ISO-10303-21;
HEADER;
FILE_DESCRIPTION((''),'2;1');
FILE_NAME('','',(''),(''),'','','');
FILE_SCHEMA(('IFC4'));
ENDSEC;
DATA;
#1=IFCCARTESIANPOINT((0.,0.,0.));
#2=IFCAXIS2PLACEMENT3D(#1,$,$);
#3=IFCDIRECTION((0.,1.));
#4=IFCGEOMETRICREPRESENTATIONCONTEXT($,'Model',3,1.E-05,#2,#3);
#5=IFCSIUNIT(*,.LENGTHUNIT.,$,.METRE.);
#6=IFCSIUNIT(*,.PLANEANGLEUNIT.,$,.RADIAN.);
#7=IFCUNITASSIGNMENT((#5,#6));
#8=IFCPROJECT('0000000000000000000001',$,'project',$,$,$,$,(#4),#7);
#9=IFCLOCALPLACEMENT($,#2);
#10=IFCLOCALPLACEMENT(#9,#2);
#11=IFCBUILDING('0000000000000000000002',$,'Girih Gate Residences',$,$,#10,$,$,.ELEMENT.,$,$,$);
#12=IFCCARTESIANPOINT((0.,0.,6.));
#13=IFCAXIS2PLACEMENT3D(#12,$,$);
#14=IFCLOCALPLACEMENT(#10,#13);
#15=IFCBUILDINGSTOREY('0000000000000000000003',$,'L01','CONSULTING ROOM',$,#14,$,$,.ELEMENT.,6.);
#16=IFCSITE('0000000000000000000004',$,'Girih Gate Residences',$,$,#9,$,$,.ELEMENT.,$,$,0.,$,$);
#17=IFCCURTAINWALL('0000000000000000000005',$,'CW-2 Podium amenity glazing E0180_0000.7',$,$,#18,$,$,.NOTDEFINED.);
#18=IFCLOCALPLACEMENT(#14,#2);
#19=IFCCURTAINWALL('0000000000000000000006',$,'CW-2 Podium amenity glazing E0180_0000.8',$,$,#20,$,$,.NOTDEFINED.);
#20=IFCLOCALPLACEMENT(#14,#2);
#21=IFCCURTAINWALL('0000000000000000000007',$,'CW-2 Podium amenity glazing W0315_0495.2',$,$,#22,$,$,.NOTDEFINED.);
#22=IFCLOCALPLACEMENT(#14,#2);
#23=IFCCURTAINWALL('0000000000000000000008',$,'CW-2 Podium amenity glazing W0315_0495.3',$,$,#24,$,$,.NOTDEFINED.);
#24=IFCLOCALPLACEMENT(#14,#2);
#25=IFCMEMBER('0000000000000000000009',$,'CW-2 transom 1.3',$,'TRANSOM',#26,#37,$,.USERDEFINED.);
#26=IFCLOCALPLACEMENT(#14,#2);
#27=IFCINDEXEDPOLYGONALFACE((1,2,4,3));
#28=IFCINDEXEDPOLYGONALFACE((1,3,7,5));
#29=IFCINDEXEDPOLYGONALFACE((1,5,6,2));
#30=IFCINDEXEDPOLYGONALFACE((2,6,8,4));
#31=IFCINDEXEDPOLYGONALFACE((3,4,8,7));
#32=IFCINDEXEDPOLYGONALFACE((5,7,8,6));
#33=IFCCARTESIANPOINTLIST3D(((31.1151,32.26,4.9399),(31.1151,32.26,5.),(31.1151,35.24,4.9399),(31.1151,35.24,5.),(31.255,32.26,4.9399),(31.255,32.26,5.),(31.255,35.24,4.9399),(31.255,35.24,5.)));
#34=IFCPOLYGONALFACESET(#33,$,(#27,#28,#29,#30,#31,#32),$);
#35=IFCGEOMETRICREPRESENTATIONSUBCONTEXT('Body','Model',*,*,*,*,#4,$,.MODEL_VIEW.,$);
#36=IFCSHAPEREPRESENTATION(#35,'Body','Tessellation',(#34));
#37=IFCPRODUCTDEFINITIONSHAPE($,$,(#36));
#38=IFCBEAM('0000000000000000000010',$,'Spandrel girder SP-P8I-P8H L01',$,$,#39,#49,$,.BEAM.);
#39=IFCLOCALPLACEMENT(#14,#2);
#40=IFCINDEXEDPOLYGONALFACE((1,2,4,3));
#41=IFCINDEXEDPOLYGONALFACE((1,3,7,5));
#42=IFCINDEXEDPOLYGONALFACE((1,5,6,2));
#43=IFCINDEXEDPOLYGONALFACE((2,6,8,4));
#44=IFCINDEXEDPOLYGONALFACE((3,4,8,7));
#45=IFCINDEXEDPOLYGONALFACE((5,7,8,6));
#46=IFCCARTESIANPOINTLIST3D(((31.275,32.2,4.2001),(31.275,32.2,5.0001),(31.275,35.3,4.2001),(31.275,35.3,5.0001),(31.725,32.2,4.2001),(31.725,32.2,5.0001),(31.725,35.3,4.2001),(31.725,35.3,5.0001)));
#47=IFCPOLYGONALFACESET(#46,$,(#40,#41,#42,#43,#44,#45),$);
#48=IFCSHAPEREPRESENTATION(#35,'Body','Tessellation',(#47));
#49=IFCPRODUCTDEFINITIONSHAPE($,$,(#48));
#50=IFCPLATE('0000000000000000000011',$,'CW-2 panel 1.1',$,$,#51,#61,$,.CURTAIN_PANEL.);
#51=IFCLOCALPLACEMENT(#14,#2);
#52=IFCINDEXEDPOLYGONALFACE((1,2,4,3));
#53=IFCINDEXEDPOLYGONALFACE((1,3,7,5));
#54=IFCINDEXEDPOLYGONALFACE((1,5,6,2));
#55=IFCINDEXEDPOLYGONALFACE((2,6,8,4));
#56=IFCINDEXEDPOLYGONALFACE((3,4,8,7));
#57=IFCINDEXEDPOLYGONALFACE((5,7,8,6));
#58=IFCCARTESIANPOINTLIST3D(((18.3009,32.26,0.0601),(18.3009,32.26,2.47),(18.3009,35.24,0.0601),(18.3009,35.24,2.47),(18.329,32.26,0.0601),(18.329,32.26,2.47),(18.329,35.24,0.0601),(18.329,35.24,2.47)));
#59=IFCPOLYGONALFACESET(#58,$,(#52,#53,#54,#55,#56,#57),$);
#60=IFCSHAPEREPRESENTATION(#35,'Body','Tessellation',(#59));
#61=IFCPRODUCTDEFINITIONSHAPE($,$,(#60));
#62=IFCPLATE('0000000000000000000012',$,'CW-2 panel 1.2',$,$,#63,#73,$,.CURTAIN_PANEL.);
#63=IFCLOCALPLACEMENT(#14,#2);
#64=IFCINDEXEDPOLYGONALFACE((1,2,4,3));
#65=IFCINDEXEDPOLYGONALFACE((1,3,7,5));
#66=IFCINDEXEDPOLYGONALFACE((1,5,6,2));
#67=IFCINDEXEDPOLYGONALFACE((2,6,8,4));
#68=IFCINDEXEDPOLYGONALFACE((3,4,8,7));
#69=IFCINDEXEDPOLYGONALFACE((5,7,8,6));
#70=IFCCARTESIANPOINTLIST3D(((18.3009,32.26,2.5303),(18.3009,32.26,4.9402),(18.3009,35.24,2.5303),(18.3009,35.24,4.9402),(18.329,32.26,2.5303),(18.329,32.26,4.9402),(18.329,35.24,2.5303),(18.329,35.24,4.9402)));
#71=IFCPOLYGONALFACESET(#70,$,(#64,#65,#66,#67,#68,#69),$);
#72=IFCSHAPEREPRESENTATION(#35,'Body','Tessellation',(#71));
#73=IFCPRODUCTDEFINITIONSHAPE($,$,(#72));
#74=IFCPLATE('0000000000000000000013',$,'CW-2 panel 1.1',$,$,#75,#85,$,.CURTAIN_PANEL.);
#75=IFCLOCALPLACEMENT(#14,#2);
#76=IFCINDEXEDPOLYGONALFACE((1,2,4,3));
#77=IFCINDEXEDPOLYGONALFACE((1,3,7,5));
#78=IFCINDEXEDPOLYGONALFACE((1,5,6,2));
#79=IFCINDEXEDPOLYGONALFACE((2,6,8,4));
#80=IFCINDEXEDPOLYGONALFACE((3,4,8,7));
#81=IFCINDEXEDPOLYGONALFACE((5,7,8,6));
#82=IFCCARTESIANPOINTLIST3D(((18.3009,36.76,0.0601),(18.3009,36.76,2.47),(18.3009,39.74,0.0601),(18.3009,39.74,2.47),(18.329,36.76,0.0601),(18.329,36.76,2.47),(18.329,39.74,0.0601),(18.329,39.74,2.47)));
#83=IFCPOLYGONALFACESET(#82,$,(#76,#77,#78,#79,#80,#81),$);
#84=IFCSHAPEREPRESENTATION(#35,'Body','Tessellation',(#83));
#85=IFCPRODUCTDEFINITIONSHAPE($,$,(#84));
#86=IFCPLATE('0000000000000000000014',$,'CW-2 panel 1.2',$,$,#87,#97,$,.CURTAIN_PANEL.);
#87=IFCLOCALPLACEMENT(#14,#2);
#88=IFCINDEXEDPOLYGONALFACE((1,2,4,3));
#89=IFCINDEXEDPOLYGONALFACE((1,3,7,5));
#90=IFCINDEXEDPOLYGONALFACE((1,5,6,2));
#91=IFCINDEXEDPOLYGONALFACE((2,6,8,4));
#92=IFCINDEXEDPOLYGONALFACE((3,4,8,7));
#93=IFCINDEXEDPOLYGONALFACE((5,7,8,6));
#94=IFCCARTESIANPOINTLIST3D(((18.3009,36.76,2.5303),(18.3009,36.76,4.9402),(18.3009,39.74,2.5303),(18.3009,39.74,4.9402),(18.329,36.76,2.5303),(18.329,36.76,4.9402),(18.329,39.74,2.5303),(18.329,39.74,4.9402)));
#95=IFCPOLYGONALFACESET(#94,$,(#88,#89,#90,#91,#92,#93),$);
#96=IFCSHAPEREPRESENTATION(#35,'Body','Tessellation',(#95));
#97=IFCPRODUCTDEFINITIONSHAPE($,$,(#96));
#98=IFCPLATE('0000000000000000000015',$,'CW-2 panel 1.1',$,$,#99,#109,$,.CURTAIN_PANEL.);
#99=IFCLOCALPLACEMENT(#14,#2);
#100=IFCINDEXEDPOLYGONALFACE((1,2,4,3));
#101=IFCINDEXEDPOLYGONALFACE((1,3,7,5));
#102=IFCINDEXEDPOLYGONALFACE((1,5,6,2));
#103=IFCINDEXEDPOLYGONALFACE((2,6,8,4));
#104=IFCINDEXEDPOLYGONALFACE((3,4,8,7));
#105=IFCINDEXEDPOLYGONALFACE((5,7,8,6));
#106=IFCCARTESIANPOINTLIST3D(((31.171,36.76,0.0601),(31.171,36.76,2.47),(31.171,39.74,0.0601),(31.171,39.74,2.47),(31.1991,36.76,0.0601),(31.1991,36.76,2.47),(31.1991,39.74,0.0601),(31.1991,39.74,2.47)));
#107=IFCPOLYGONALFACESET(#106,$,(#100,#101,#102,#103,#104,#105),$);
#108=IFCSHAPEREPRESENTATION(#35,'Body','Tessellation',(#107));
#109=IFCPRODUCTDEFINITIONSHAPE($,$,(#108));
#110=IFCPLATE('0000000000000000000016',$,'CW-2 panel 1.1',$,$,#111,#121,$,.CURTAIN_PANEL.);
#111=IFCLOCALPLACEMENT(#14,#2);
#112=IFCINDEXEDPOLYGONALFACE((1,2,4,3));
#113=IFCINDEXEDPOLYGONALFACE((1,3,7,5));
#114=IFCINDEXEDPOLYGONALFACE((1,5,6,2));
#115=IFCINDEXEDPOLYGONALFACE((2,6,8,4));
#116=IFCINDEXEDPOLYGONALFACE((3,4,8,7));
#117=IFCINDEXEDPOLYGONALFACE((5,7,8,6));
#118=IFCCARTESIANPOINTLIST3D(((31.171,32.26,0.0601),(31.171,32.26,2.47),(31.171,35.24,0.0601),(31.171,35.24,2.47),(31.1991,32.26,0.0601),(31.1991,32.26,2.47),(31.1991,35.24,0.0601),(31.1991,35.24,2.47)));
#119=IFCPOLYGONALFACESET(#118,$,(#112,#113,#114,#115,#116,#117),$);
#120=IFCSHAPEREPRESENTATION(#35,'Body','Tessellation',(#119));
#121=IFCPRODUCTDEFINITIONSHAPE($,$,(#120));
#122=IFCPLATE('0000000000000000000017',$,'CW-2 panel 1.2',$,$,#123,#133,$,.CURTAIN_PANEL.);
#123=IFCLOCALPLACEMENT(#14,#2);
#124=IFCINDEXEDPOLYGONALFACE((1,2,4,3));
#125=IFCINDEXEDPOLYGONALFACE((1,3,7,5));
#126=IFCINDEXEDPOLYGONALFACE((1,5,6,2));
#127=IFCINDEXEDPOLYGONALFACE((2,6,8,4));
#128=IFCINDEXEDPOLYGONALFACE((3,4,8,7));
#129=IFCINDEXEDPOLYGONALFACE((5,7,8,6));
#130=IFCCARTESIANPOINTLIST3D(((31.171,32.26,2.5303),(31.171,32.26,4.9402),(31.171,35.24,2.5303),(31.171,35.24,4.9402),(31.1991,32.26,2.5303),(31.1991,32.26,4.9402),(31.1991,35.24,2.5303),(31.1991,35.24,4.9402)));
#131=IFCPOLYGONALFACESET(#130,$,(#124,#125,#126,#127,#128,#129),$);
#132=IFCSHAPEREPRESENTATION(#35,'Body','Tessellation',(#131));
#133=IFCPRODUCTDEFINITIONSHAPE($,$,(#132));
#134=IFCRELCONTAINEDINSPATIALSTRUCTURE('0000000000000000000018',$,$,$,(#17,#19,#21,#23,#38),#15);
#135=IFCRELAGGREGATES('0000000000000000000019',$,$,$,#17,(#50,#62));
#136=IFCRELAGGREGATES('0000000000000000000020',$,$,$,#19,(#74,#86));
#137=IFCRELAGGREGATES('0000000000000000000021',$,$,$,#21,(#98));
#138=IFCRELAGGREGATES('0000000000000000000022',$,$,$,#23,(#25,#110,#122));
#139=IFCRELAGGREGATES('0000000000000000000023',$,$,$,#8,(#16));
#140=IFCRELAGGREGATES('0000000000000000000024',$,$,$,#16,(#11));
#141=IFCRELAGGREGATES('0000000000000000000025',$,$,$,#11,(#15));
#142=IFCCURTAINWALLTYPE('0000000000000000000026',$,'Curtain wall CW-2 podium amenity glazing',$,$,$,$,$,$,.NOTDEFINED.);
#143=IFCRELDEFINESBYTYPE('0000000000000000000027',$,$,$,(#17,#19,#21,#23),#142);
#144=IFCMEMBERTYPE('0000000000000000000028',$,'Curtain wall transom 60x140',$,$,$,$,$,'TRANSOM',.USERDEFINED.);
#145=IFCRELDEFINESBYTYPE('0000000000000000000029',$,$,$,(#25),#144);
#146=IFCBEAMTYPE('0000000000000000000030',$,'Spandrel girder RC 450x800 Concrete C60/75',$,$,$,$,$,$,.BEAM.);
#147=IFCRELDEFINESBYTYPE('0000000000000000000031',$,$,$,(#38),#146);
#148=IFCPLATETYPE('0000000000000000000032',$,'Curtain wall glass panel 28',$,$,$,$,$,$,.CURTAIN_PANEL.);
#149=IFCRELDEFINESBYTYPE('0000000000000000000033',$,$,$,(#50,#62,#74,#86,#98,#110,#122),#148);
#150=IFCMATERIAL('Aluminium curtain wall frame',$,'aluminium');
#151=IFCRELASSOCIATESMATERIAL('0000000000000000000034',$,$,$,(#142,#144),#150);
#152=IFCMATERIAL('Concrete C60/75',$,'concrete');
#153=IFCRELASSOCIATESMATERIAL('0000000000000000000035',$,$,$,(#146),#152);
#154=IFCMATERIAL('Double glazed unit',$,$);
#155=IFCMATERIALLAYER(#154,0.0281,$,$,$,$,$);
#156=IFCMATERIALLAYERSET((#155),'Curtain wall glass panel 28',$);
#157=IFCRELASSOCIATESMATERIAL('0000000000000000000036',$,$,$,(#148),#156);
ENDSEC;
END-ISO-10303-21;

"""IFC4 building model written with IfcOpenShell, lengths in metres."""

from ifc_helpers import new_model, si_unit, direction, frame, origin, origin_2d, place, context, subcontext, project, spatial, rectangle, extrude, material, layer, layer_set, material_profile, profile_set, type_object, element, aggregate, save


model = new_model("IFC4")

# Units and contexts
model_context = context("Model", 3, precision=1e-05, world=origin(), true_north=direction((0.0, 1.0)))
body_context = subcontext(model_context, "Body", "Model", "MODEL_VIEW")
ifc_project = project(units=[si_unit("LENGTHUNIT", "METRE"), si_unit("PLANEANGLEUNIT", "RADIAN")], contexts=[model_context])

# Site, building, storey
site_placement = place(None, origin())
site = spatial("IfcSite", under=ifc_project, at=site_placement, Name="Girih Gate Residences", CompositionType="ELEMENT", RefElevation=0.0)
building_placement = place(site_placement, origin())
building = spatial("IfcBuilding", under=site, at=building_placement, Name="Girih Gate Residences", CompositionType="ELEMENT")
storey_placement = place(building_placement, frame((0.0, 0.0, 6.0)))
storey = spatial("IfcBuildingStorey", under=building, at=storey_placement, Name="L01", Description="CONSULTING ROOM", CompositionType="ELEMENT", Elevation=6.0)

# Curtain walls
ifc_material_1 = material(Name="Aluminium curtain wall frame", Category="aluminium")
curtain_wall_type = type_object("IfcCurtainWallType", Name="Curtain wall CW-2 podium amenity glazing", PredefinedType="NOTDEFINED", material=ifc_material_1)
curtain_wall_1_placement = place(storey_placement, origin())
curtain_wall_1 = element("IfcCurtainWall", 1, at=curtain_wall_1_placement, inside=storey, type_object=curtain_wall_type, Name="CW-2 Podium amenity glazing E0180_0000.7", PredefinedType="NOTDEFINED")
curtain_wall_2_placement = place(storey_placement, origin())
curtain_wall_2 = element("IfcCurtainWall", 2, at=curtain_wall_2_placement, inside=storey, type_object=curtain_wall_type, Name="CW-2 Podium amenity glazing E0180_0000.8", PredefinedType="NOTDEFINED")
curtain_wall_3_placement = place(storey_placement, origin())
curtain_wall_3 = element("IfcCurtainWall", 3, at=curtain_wall_3_placement, inside=storey, type_object=curtain_wall_type, Name="CW-2 Podium amenity glazing W0315_0495.2", PredefinedType="NOTDEFINED")

# Curtain wall
curtain_wall_4_placement = place(storey_placement, origin())
curtain_wall_4 = element("IfcCurtainWall", 4, at=curtain_wall_4_placement, inside=storey, type_object=curtain_wall_type, Name="CW-2 Podium amenity glazing W0315_0495.3", PredefinedType="NOTDEFINED")

# Member
ifc_material_profile_1 = material_profile(ifc_material_1, rectangle(XDim=0.1399, YDim=0.0601, at=origin_2d()))
ifc_profile_set_1 = profile_set([ifc_material_profile_1], Name="Aluminium curtain wall frame")
member_type_1 = type_object("IfcMemberType", Name="Curtain wall transom 60x140", ElementType="TRANSOM", PredefinedType="USERDEFINED", material=ifc_profile_set_1)
member_1_placement = place(storey_placement, frame((31.1851, 35.24, 4.97), z_axis=(0.0, -1.0, 0.0), x_axis=(1.0, 0.0, 0.0)))
member_1 = element("IfcMember", 5, at=member_1_placement, type_object=member_type_1, Name="CW-2 transom 1.3", ObjectType="TRANSOM", PredefinedType="USERDEFINED", context=body_context, shape_type="SweptSolid", body=[
    extrude(rectangle(XDim=0.1399, YDim=0.0601, at=origin_2d()), origin(), (0.0, 0.0, 1.0), 2.98),
])

# Beam
ifc_material_2 = material(Name="Concrete C60/75", Category="concrete")
ifc_material_profile_2 = material_profile(ifc_material_2, rectangle(XDim=0.45, YDim=0.8, at=origin_2d()))
ifc_profile_set_2 = profile_set([ifc_material_profile_2], Name="Concrete C60/75")
beam_type = type_object("IfcBeamType", Name="Spandrel girder RC 450x800 Concrete C60/75", PredefinedType="BEAM", material=ifc_profile_set_2)
beam_placement = place(storey_placement, frame((31.5, 35.3, 4.6001), z_axis=(0.0, -1.0, 0.0), x_axis=(1.0, 0.0, 0.0)))
element("IfcBeam", 6, at=beam_placement, inside=storey, type_object=beam_type, Name="Spandrel girder SP-P8I-P8H L01", PredefinedType="BEAM", context=body_context, shape_type="SweptSolid", body=[
    extrude(rectangle(XDim=0.45, YDim=0.8, at=origin_2d()), origin(), (0.0, 0.0, 1.0), 3.1001),
])

# Plates
ifc_material_3 = material(Name="Double glazed unit")
ifc_layer = layer(ifc_material_3, 0.0281)
ifc_layer_set = layer_set([ifc_layer], Name="Curtain wall glass panel 28")
plate_type = type_object("IfcPlateType", Name="Curtain wall glass panel 28", PredefinedType="CURTAIN_PANEL", material=ifc_layer_set)
plate_1_placement = place(storey_placement, frame((18.3149, 33.75, 0.0601), z_axis=(0.0, 0.0, 1.0), x_axis=(0.0, 1.0, 0.0)))
plate_1 = element("IfcPlate", 7, at=plate_1_placement, type_object=plate_type, Name="CW-2 panel 1.1", PredefinedType="CURTAIN_PANEL", context=body_context, shape_type="SweptSolid", body=[
    extrude(rectangle(XDim=2.98, YDim=0.0281, at=origin_2d()), origin(), (0.0, 0.0, 1.0), 2.4099),
])
plate_2_placement = place(storey_placement, frame((18.3149, 33.75, 2.5303), z_axis=(0.0, 0.0, 1.0), x_axis=(0.0, 1.0, 0.0)))
plate_2 = element("IfcPlate", 8, at=plate_2_placement, type_object=plate_type, Name="CW-2 panel 1.2", PredefinedType="CURTAIN_PANEL", context=body_context, shape_type="SweptSolid", body=[
    extrude(rectangle(XDim=2.98, YDim=0.0281, at=origin_2d()), origin(), (0.0, 0.0, 1.0), 2.4099),
])
aggregate(curtain_wall_1, [plate_1, plate_2])
plate_3_placement = place(storey_placement, frame((18.3149, 38.25, 0.0601), z_axis=(0.0, 0.0, 1.0), x_axis=(0.0, 1.0, 0.0)))
plate_3 = element("IfcPlate", 9, at=plate_3_placement, type_object=plate_type, Name="CW-2 panel 1.1", PredefinedType="CURTAIN_PANEL", context=body_context, shape_type="SweptSolid", body=[
    extrude(rectangle(XDim=2.98, YDim=0.0281, at=origin_2d()), origin(), (0.0, 0.0, 1.0), 2.4099),
])
plate_4_placement = place(storey_placement, frame((18.3149, 38.25, 2.5303), z_axis=(0.0, 0.0, 1.0), x_axis=(0.0, 1.0, 0.0)))
plate_4 = element("IfcPlate", 10, at=plate_4_placement, type_object=plate_type, Name="CW-2 panel 1.2", PredefinedType="CURTAIN_PANEL", context=body_context, shape_type="SweptSolid", body=[
    extrude(rectangle(XDim=2.98, YDim=0.0281, at=origin_2d()), origin(), (0.0, 0.0, 1.0), 2.4099),
])
aggregate(curtain_wall_2, [plate_3, plate_4])
plate_5_placement = place(storey_placement, frame((31.1851, 38.25, 0.0601), z_axis=(0.0, 0.0, 1.0), x_axis=(0.0, -1.0, 0.0)))
plate_5 = element("IfcPlate", 11, at=plate_5_placement, type_object=plate_type, Name="CW-2 panel 1.1", PredefinedType="CURTAIN_PANEL", context=body_context, shape_type="SweptSolid", body=[
    extrude(rectangle(XDim=2.98, YDim=0.0281, at=origin_2d()), origin(), (0.0, 0.0, 1.0), 2.4099),
])
aggregate(curtain_wall_3, [plate_5])
plate_6_placement = place(storey_placement, frame((31.1851, 33.75, 0.0601), z_axis=(0.0, 0.0, 1.0), x_axis=(0.0, -1.0, 0.0)))
plate_6 = element("IfcPlate", 12, at=plate_6_placement, type_object=plate_type, Name="CW-2 panel 1.1", PredefinedType="CURTAIN_PANEL", context=body_context, shape_type="SweptSolid", body=[
    extrude(rectangle(XDim=2.98, YDim=0.0281, at=origin_2d()), origin(), (0.0, 0.0, 1.0), 2.4099),
])
plate_7_placement = place(storey_placement, frame((31.1851, 33.75, 2.5303), z_axis=(0.0, 0.0, 1.0), x_axis=(0.0, -1.0, 0.0)))
plate_7 = element("IfcPlate", 13, at=plate_7_placement, type_object=plate_type, Name="CW-2 panel 1.2", PredefinedType="CURTAIN_PANEL", context=body_context, shape_type="SweptSolid", body=[
    extrude(rectangle(XDim=2.98, YDim=0.0281, at=origin_2d()), origin(), (0.0, 0.0, 1.0), 2.4099),
])
aggregate(curtain_wall_4, [member_1, plate_6, plate_7])

save(model, "model.ifc")
